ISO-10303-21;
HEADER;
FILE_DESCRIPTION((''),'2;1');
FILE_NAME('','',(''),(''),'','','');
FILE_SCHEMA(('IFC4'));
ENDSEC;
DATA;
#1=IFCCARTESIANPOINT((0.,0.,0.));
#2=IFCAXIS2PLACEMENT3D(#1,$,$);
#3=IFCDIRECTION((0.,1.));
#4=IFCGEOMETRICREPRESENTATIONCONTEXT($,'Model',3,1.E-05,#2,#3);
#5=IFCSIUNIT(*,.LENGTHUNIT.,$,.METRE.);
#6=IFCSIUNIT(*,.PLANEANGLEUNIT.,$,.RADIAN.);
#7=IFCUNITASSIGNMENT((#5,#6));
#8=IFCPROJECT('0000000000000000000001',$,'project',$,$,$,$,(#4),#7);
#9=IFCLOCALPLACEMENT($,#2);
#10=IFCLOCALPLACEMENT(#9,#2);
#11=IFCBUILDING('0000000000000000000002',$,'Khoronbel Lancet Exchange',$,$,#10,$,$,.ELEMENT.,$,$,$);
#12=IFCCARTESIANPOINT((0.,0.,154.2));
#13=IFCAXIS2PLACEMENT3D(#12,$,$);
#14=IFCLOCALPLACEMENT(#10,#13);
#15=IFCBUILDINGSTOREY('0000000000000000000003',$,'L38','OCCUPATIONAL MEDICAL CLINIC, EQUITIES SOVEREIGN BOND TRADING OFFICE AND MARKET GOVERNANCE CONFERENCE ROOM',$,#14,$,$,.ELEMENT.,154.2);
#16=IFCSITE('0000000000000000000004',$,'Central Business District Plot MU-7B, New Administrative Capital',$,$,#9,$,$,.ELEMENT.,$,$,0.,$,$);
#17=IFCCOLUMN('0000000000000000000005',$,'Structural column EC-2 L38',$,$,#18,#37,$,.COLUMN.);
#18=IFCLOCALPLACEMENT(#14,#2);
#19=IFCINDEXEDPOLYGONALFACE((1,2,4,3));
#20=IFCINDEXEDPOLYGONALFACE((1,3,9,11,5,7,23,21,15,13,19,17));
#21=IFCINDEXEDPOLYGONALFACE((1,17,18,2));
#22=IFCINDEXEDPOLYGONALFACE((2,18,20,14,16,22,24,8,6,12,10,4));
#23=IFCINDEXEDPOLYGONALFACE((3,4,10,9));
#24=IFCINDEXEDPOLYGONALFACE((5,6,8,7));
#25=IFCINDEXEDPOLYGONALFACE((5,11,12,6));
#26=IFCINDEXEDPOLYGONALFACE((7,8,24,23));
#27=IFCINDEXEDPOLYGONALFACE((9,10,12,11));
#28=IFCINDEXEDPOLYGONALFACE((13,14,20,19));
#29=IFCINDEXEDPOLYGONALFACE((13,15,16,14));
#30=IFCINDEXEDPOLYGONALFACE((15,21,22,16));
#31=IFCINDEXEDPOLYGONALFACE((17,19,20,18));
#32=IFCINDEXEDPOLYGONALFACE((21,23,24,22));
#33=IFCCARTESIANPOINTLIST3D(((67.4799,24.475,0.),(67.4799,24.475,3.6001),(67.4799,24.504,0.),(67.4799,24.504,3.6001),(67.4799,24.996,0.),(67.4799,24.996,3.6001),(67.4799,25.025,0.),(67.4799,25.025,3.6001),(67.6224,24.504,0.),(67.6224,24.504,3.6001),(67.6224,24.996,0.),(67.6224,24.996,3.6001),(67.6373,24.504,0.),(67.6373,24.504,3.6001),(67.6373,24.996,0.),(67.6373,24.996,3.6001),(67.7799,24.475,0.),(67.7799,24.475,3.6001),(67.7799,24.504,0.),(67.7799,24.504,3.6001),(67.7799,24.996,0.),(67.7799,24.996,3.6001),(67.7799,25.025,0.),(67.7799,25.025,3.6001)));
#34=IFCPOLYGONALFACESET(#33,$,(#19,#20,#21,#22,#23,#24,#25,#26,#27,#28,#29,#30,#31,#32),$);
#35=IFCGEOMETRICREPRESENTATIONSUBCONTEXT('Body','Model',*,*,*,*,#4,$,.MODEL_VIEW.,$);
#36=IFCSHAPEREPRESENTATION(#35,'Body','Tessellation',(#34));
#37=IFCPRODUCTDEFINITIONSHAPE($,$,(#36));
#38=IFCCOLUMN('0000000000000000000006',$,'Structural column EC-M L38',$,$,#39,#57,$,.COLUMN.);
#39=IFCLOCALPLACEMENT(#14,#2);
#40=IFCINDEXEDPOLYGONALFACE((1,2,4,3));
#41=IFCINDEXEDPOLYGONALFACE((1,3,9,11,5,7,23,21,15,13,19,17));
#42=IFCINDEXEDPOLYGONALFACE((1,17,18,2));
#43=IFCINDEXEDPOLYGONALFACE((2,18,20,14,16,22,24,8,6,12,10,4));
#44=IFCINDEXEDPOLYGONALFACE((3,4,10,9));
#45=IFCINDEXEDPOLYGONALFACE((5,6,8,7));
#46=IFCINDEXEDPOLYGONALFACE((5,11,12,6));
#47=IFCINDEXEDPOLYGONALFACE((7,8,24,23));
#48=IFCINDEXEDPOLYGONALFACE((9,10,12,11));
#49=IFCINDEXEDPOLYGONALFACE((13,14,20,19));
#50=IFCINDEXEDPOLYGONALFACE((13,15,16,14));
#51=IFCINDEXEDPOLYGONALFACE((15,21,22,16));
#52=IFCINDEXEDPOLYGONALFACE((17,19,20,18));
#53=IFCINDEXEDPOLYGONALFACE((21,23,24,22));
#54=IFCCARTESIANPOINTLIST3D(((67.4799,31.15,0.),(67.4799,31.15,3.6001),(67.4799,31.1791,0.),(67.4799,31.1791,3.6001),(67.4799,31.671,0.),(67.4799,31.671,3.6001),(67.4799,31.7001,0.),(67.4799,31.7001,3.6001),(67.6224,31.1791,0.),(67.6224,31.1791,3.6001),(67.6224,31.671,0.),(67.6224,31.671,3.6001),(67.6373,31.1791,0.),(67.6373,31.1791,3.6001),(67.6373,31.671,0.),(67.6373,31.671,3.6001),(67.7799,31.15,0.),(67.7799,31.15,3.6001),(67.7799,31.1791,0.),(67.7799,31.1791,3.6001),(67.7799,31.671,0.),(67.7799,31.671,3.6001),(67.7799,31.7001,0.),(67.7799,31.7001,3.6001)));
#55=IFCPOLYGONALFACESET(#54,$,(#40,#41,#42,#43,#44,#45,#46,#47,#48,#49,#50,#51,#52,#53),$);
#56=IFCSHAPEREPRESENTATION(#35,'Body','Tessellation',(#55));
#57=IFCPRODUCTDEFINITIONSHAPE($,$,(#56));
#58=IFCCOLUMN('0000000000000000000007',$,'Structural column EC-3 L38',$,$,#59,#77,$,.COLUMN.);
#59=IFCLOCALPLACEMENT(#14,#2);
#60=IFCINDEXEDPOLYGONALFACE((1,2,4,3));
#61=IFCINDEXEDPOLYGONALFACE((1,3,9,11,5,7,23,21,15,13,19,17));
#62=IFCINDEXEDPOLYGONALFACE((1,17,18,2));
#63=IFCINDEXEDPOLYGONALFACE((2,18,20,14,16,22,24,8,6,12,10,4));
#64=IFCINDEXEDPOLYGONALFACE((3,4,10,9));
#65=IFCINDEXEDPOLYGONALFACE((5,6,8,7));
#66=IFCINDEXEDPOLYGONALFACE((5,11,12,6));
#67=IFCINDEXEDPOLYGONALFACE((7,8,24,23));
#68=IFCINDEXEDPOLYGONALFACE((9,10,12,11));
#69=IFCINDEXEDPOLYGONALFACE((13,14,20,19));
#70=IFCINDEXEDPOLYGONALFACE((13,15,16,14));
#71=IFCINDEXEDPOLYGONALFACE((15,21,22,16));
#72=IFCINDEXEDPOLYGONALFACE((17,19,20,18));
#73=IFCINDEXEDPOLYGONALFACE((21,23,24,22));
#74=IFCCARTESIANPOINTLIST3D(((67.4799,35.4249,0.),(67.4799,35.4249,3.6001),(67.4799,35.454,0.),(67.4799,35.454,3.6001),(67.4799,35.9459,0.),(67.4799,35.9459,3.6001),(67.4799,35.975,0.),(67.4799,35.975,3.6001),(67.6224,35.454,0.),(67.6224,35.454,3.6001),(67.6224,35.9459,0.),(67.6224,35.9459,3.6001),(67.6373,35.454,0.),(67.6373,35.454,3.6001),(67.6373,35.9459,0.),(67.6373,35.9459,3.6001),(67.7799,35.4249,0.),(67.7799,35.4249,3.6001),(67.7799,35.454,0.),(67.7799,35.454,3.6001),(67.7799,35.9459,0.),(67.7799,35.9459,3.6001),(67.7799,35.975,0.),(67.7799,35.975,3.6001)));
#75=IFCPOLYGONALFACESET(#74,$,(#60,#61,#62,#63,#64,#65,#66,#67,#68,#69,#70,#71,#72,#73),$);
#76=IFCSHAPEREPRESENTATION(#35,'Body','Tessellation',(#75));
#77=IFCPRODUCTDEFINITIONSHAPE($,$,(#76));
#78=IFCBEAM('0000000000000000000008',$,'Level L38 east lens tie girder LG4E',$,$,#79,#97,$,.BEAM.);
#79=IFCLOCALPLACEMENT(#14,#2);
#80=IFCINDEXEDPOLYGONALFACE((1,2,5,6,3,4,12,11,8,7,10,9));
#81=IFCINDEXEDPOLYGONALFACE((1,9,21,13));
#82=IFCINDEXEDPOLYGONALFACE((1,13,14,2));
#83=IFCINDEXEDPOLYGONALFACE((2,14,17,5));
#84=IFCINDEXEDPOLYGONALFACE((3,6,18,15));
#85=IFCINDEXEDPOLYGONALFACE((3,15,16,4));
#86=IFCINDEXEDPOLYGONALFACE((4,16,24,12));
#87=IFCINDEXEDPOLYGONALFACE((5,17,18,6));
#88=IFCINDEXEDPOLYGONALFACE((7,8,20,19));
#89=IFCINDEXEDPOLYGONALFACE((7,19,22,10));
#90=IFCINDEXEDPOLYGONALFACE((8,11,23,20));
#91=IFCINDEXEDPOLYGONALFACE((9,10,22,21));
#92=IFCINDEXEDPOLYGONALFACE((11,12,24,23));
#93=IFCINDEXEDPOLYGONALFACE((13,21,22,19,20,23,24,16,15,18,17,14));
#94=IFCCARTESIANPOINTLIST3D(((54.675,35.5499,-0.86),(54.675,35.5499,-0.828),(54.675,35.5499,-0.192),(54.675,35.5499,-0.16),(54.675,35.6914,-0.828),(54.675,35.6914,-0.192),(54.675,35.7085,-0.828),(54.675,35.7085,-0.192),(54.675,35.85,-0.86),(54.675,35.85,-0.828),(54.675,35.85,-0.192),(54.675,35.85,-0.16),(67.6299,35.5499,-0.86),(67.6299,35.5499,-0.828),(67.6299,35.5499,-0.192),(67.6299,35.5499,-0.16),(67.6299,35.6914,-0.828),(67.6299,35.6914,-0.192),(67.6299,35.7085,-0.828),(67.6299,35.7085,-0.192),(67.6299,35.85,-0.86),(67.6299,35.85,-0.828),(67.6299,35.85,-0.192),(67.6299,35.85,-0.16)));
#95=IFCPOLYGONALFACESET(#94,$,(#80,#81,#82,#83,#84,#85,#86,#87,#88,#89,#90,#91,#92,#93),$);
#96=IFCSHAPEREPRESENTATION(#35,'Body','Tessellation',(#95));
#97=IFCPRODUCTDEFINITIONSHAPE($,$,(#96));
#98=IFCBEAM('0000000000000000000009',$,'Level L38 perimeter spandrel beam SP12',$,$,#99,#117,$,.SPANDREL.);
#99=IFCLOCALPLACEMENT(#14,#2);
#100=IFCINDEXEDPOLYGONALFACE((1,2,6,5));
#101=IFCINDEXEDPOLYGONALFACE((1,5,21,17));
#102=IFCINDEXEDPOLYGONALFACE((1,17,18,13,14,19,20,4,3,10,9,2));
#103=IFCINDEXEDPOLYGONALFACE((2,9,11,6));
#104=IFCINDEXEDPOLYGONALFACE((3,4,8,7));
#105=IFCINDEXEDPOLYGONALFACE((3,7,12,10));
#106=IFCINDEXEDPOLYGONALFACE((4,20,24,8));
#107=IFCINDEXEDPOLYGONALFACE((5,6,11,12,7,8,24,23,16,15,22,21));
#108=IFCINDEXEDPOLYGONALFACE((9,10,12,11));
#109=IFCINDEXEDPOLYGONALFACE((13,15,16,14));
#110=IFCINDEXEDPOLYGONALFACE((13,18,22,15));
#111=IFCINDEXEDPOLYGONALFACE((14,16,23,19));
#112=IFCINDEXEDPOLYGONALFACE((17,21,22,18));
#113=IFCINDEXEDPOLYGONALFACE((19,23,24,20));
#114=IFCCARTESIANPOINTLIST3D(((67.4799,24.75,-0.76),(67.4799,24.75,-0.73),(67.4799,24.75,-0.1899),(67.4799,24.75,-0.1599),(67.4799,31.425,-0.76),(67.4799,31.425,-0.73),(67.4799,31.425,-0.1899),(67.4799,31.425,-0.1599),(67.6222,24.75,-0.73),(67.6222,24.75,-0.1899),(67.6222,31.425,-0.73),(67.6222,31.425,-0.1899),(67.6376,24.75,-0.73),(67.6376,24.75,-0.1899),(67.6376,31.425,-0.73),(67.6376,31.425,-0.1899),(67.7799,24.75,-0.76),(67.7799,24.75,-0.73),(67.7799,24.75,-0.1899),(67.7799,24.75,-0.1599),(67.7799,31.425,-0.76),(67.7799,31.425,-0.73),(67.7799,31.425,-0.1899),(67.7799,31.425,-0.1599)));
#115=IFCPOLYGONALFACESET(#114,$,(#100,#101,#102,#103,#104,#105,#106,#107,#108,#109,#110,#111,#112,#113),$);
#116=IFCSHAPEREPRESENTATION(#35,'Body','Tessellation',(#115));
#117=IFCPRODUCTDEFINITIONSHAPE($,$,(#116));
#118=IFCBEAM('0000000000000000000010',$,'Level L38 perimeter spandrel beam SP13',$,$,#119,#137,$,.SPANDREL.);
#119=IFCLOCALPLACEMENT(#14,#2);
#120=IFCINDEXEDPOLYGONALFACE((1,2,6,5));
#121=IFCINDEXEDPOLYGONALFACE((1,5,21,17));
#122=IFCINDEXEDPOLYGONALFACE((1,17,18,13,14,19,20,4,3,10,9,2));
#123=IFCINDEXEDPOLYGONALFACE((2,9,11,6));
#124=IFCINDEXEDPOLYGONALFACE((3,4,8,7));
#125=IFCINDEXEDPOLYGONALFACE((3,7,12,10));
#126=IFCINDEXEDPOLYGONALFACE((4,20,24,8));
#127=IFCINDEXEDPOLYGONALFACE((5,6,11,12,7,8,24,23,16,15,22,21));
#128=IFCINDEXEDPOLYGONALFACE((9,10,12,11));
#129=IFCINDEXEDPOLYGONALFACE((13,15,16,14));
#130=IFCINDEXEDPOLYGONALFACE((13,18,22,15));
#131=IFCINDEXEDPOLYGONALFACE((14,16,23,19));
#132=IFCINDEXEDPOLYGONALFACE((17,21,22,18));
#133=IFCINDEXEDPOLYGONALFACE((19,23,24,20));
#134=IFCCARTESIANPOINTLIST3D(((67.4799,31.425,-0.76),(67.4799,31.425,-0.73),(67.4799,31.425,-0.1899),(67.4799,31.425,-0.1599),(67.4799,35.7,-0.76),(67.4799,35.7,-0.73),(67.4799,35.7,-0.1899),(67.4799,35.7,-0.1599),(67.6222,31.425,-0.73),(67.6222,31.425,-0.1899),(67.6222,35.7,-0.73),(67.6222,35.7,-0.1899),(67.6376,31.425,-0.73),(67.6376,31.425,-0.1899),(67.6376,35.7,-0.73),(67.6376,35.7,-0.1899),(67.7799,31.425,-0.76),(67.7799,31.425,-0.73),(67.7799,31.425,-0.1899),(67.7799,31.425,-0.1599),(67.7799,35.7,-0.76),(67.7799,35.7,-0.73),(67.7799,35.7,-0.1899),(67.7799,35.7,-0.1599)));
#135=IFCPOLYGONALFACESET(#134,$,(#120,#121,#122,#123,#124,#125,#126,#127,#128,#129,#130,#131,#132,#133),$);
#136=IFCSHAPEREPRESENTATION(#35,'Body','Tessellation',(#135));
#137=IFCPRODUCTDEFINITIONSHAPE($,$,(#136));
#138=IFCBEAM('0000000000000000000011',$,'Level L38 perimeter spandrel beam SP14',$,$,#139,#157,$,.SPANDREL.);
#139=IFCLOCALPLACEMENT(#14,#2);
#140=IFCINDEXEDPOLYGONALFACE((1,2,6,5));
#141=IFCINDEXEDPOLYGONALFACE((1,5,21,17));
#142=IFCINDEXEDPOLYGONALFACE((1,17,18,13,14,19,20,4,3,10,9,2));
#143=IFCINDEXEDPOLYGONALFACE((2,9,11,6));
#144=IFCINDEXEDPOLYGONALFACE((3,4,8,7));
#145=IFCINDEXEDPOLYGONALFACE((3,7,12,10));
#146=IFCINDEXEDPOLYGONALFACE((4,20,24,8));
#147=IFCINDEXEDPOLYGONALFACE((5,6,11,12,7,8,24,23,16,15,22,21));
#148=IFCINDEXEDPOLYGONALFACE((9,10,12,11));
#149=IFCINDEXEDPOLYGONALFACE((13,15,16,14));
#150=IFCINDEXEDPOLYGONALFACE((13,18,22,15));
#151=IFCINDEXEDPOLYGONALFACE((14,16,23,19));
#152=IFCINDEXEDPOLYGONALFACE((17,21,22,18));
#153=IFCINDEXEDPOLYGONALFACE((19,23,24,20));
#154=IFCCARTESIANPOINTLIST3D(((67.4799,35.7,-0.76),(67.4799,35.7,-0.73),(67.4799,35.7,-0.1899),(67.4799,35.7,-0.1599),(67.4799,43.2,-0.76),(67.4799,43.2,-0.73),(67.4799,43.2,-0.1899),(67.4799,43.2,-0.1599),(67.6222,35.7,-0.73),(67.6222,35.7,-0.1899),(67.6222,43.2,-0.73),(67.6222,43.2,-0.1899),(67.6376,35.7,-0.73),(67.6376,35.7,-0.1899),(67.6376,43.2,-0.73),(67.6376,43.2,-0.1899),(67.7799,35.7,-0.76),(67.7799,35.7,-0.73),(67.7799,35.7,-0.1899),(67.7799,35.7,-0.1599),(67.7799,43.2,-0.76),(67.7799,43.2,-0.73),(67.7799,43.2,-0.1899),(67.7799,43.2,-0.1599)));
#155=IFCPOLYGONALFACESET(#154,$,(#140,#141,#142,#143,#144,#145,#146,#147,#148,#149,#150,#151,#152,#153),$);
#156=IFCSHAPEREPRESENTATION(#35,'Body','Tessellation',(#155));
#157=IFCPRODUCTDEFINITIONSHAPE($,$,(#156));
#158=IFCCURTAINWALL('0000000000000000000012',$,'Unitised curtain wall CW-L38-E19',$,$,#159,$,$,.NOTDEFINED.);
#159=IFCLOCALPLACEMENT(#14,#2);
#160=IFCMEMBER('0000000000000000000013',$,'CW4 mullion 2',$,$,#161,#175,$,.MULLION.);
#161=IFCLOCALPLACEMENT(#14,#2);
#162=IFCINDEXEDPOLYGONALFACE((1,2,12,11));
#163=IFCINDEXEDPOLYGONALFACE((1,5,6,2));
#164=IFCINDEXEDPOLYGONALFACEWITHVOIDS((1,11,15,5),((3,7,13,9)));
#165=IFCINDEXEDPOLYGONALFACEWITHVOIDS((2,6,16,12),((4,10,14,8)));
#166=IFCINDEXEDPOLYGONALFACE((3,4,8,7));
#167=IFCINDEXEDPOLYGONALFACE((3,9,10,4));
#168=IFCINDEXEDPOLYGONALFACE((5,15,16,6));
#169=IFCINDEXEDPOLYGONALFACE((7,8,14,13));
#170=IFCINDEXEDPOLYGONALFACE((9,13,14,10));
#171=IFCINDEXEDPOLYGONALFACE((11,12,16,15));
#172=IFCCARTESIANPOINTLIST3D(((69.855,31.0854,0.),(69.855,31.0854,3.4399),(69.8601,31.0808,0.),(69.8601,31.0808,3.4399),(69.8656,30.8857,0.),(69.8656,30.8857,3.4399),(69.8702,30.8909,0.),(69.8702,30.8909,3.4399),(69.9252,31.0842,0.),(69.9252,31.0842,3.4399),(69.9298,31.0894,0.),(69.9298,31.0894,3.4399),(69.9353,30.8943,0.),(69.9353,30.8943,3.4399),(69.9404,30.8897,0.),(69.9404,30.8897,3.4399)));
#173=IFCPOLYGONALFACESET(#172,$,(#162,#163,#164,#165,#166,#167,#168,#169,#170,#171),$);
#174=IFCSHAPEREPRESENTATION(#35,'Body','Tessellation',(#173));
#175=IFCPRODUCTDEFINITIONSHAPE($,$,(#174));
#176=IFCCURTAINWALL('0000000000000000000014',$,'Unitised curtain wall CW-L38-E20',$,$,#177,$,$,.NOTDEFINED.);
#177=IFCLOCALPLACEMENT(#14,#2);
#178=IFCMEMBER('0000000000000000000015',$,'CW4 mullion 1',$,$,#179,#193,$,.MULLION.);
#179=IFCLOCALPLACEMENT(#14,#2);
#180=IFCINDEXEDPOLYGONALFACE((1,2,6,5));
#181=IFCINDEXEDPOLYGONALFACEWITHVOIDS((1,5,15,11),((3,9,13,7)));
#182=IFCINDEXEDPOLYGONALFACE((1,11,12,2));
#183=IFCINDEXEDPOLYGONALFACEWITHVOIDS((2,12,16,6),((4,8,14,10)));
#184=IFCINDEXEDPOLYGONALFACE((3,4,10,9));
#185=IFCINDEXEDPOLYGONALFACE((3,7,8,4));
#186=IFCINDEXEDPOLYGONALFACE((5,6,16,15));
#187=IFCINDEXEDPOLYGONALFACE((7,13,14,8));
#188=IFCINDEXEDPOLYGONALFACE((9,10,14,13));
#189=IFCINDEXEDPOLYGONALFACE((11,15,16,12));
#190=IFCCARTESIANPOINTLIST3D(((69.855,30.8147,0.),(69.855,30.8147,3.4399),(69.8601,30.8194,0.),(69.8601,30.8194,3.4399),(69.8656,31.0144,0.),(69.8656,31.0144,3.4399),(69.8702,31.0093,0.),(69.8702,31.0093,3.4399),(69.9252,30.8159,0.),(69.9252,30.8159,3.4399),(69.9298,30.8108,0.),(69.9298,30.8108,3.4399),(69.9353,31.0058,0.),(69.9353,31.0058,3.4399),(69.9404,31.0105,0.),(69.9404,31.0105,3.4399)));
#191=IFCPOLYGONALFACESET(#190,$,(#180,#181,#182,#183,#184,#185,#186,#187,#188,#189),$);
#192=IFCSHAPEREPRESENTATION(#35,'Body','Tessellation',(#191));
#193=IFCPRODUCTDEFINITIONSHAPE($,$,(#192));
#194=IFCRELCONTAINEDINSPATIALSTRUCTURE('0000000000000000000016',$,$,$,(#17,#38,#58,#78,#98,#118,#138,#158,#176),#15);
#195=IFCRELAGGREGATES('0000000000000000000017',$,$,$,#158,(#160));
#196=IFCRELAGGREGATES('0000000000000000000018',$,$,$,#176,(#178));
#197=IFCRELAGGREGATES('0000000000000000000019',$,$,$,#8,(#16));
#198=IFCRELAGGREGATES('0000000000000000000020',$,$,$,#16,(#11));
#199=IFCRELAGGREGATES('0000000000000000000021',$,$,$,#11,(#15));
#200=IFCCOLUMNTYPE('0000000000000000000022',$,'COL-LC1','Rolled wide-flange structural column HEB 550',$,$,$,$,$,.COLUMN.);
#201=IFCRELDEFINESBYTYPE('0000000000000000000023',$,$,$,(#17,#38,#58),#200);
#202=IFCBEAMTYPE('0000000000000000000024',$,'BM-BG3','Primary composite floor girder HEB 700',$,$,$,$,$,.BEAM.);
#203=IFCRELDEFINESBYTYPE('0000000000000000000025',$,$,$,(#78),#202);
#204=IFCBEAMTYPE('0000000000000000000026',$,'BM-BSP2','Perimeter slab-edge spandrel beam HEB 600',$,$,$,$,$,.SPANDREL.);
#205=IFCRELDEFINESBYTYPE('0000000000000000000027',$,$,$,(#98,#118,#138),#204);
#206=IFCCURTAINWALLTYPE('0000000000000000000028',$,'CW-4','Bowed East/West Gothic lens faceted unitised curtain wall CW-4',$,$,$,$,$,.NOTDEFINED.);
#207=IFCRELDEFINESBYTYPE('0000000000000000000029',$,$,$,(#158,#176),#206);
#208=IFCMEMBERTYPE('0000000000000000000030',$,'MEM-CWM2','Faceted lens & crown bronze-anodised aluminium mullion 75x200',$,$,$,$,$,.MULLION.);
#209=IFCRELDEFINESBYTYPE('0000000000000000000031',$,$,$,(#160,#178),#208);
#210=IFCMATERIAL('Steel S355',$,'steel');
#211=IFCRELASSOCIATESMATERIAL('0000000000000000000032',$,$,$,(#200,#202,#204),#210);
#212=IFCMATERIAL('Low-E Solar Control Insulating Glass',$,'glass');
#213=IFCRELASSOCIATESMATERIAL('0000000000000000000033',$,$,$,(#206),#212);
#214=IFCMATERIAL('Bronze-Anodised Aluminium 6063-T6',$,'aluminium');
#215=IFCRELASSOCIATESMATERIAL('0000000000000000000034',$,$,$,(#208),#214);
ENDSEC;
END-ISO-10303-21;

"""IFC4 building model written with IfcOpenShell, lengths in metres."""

from ifc_helpers import new_model, si_unit, direction, frame, origin, origin_2d, place, context, subcontext, project, spatial, hollow_rectangle, i_section, extrude, material, material_profile, profile_set, type_object, element, aggregate, save


model = new_model("IFC4")

# Units and contexts
model_context = context("Model", 3, precision=1e-05, world=origin(), true_north=direction((0.0, 1.0)))
body_context = subcontext(model_context, "Body", "Model", "MODEL_VIEW")
ifc_project = project(units=[si_unit("LENGTHUNIT", "METRE"), si_unit("PLANEANGLEUNIT", "RADIAN")], contexts=[model_context])

# Site, building, storey
site_placement = place(None, origin())
site = spatial("IfcSite", under=ifc_project, at=site_placement, Name="Central Business District Plot MU-7B, New Administrative Capital", CompositionType="ELEMENT", RefElevation=0.0)
building_placement = place(site_placement, origin())
building = spatial("IfcBuilding", under=site, at=building_placement, Name="Khoronbel Lancet Exchange", CompositionType="ELEMENT")
storey_placement = place(building_placement, frame((0.0, 0.0, 154.2)))
storey = spatial("IfcBuildingStorey", under=building, at=storey_placement, Name="L38", Description="OCCUPATIONAL MEDICAL CLINIC, EQUITIES SOVEREIGN BOND TRADING OFFICE AND MARKET GOVERNANCE CONFERENCE ROOM", CompositionType="ELEMENT", Elevation=154.2)

# Columns
ifc_material_1 = material(Name="Steel S355", Category="steel")
ifc_material_profile_1 = material_profile(ifc_material_1, i_section(OverallWidth=0.3, OverallDepth=0.55, WebThickness=0.0149, FlangeThickness=0.0291, at=origin_2d()), Name="HEB 550")
ifc_profile_set_1 = profile_set([ifc_material_profile_1], Name="Steel S355")
column_type = type_object("IfcColumnType", Name="COL-LC1", Description="Rolled wide-flange structural column HEB 550", PredefinedType="COLUMN", material=ifc_profile_set_1)
for number, where, z_axis, x_axis, name in (
    (1, (67.6299, 24.75, 0.0), (0.0, 0.0, 1.0), (1.0, 0.0, 0.0), "Structural column EC-2 L38"),
    (2, (67.6299, 31.425, 0.0), (0.0, 0.0, 1.0), (1.0, 0.0, 0.0), "Structural column EC-M L38"),
    (3, (67.6299, 35.7, 0.0), (0.0, 0.0, 1.0), (1.0, 0.0, 0.0), "Structural column EC-3 L38"),
):
    element("IfcColumn", number, at=place(storey_placement, frame(where, z_axis=z_axis, x_axis=x_axis)), inside=storey, type_object=column_type, Name=name, PredefinedType="COLUMN", context=body_context, shape_type="SweptSolid", body=[
        extrude(i_section(OverallWidth=0.3, OverallDepth=0.55, WebThickness=0.0149, FlangeThickness=0.0291, at=origin_2d()), origin(), (0.0, 0.0, 1.0), 3.6001),
    ])

# Beams
ifc_material_profile_2 = material_profile(ifc_material_1, i_section(OverallWidth=0.3, OverallDepth=0.7, WebThickness=0.0171, FlangeThickness=0.032, at=origin_2d()), Name="HEB 700")
ifc_profile_set_2 = profile_set([ifc_material_profile_2], Name="Steel S355")
beam_type_1 = type_object("IfcBeamType", Name="BM-BG3", Description="Primary composite floor girder HEB 700", PredefinedType="BEAM", material=ifc_profile_set_2)
beam_1_placement = place(storey_placement, frame((54.675, 35.7, -0.51), z_axis=(1.0, 0.0, 0.0), x_axis=(0.0, 1.0, 0.0)))
element("IfcBeam", 4, at=beam_1_placement, inside=storey, type_object=beam_type_1, Name="Level L38 east lens tie girder LG4E", PredefinedType="BEAM", context=body_context, shape_type="SweptSolid", body=[
    extrude(i_section(OverallWidth=0.3, OverallDepth=0.7, WebThickness=0.0171, FlangeThickness=0.032, at=origin_2d()), origin(), (0.0, 0.0, 1.0), 12.9548),
])
ifc_material_profile_3 = material_profile(ifc_material_1, i_section(OverallWidth=0.3, OverallDepth=0.6001, WebThickness=0.0154, FlangeThickness=0.03, at=origin_2d()), Name="HEB 600")
ifc_profile_set_3 = profile_set([ifc_material_profile_3], Name="Steel S355")
beam_type_2 = type_object("IfcBeamType", Name="BM-BSP2", Description="Perimeter slab-edge spandrel beam HEB 600", PredefinedType="SPANDREL", material=ifc_profile_set_3)
beam_2_placement = place(storey_placement, frame((67.6299, 24.75, -0.46), z_axis=(0.0, 1.0, 0.0), x_axis=(-1.0, 0.0, 0.0)))
element("IfcBeam", 5, at=beam_2_placement, inside=storey, type_object=beam_type_2, Name="Level L38 perimeter spandrel beam SP12", PredefinedType="SPANDREL", context=body_context, shape_type="SweptSolid", body=[
    extrude(i_section(OverallWidth=0.3, OverallDepth=0.6001, WebThickness=0.0154, FlangeThickness=0.03, at=origin_2d()), origin(), (0.0, 0.0, 1.0), 6.675),
])
beam_3_placement = place(storey_placement, frame((67.6299, 31.425, -0.46), z_axis=(0.0, 1.0, 0.0), x_axis=(-1.0, 0.0, 0.0)))
element("IfcBeam", 6, at=beam_3_placement, inside=storey, type_object=beam_type_2, Name="Level L38 perimeter spandrel beam SP13", PredefinedType="SPANDREL", context=body_context, shape_type="SweptSolid", body=[
    extrude(i_section(OverallWidth=0.3, OverallDepth=0.6001, WebThickness=0.0154, FlangeThickness=0.03, at=origin_2d()), origin(), (0.0, 0.0, 1.0), 4.2749),
])
beam_4_placement = place(storey_placement, frame((67.6299, 35.7, -0.46), z_axis=(0.0, 1.0, 0.0), x_axis=(-1.0, 0.0, 0.0)))
element("IfcBeam", 7, at=beam_4_placement, inside=storey, type_object=beam_type_2, Name="Level L38 perimeter spandrel beam SP14", PredefinedType="SPANDREL", context=body_context, shape_type="SweptSolid", body=[
    extrude(i_section(OverallWidth=0.3, OverallDepth=0.6001, WebThickness=0.0154, FlangeThickness=0.03, at=origin_2d()), origin(), (0.0, 0.0, 1.0), 7.5),
])

# Curtain wall, member
ifc_material_2 = material(Name="Low-E Solar Control Insulating Glass", Category="glass")
curtain_wall_type = type_object("IfcCurtainWallType", Name="CW-4", Description="Bowed East/West Gothic lens faceted unitised curtain wall CW-4", PredefinedType="NOTDEFINED", material=ifc_material_2)
curtain_wall_1_placement = place(storey_placement, origin())
curtain_wall_1 = element("IfcCurtainWall", 8, at=curtain_wall_1_placement, inside=storey, type_object=curtain_wall_type, Name="Unitised curtain wall CW-L38-E19", PredefinedType="NOTDEFINED")
ifc_material_3 = material(Name="Bronze-Anodised Aluminium 6063-T6", Category="aluminium")
ifc_material_profile_4 = material_profile(ifc_material_3, hollow_rectangle(XDim=0.075, YDim=0.2, WallThickness=0.0049, at=origin_2d()), Name="ALU MULLION 75x200")
ifc_profile_set_4 = profile_set([ifc_material_profile_4], Name="Bronze-Anodised Aluminium 6063-T6")
member_type_1 = type_object("IfcMemberType", Name="MEM-CWM2", Description="Faceted lens & crown bronze-anodised aluminium mullion 75x200", PredefinedType="MULLION", material=ifc_profile_set_4)
member_1_placement = place(storey_placement, frame((69.8977, 30.9875, 0.0), z_axis=(0.0, 0.0, 1.0), x_axis=(0.998605, 0.0528, 0.0)))
member_1 = element("IfcMember", 9, at=member_1_placement, type_object=member_type_1, Name="CW4 mullion 2", PredefinedType="MULLION", context=body_context, shape_type="SweptSolid", body=[
    extrude(hollow_rectangle(XDim=0.075, YDim=0.2, WallThickness=0.0049, at=origin_2d()), origin(), (0.0, 0.0, 1.0), 3.4399),
])

# Curtain wall, member
curtain_wall_2_placement = place(storey_placement, origin())
curtain_wall_2 = element("IfcCurtainWall", 10, at=curtain_wall_2_placement, inside=storey, type_object=curtain_wall_type, Name="Unitised curtain wall CW-L38-E20", PredefinedType="NOTDEFINED")
member_2_placement = place(storey_placement, frame((69.8977, 30.9126, 0.0), z_axis=(0.0, 0.0, 1.0), x_axis=(0.998605, -0.0528, 0.0)))
member_2 = element("IfcMember", 11, at=member_2_placement, type_object=member_type_1, Name="CW4 mullion 1", PredefinedType="MULLION", context=body_context, shape_type="SweptSolid", body=[
    extrude(hollow_rectangle(XDim=0.075, YDim=0.2, WallThickness=0.0049, at=origin_2d()), origin(), (0.0, 0.0, 1.0), 3.4399),
])

aggregate(curtain_wall_1, [member_1])
aggregate(curtain_wall_2, [member_2])

save(model, "model.ifc")
